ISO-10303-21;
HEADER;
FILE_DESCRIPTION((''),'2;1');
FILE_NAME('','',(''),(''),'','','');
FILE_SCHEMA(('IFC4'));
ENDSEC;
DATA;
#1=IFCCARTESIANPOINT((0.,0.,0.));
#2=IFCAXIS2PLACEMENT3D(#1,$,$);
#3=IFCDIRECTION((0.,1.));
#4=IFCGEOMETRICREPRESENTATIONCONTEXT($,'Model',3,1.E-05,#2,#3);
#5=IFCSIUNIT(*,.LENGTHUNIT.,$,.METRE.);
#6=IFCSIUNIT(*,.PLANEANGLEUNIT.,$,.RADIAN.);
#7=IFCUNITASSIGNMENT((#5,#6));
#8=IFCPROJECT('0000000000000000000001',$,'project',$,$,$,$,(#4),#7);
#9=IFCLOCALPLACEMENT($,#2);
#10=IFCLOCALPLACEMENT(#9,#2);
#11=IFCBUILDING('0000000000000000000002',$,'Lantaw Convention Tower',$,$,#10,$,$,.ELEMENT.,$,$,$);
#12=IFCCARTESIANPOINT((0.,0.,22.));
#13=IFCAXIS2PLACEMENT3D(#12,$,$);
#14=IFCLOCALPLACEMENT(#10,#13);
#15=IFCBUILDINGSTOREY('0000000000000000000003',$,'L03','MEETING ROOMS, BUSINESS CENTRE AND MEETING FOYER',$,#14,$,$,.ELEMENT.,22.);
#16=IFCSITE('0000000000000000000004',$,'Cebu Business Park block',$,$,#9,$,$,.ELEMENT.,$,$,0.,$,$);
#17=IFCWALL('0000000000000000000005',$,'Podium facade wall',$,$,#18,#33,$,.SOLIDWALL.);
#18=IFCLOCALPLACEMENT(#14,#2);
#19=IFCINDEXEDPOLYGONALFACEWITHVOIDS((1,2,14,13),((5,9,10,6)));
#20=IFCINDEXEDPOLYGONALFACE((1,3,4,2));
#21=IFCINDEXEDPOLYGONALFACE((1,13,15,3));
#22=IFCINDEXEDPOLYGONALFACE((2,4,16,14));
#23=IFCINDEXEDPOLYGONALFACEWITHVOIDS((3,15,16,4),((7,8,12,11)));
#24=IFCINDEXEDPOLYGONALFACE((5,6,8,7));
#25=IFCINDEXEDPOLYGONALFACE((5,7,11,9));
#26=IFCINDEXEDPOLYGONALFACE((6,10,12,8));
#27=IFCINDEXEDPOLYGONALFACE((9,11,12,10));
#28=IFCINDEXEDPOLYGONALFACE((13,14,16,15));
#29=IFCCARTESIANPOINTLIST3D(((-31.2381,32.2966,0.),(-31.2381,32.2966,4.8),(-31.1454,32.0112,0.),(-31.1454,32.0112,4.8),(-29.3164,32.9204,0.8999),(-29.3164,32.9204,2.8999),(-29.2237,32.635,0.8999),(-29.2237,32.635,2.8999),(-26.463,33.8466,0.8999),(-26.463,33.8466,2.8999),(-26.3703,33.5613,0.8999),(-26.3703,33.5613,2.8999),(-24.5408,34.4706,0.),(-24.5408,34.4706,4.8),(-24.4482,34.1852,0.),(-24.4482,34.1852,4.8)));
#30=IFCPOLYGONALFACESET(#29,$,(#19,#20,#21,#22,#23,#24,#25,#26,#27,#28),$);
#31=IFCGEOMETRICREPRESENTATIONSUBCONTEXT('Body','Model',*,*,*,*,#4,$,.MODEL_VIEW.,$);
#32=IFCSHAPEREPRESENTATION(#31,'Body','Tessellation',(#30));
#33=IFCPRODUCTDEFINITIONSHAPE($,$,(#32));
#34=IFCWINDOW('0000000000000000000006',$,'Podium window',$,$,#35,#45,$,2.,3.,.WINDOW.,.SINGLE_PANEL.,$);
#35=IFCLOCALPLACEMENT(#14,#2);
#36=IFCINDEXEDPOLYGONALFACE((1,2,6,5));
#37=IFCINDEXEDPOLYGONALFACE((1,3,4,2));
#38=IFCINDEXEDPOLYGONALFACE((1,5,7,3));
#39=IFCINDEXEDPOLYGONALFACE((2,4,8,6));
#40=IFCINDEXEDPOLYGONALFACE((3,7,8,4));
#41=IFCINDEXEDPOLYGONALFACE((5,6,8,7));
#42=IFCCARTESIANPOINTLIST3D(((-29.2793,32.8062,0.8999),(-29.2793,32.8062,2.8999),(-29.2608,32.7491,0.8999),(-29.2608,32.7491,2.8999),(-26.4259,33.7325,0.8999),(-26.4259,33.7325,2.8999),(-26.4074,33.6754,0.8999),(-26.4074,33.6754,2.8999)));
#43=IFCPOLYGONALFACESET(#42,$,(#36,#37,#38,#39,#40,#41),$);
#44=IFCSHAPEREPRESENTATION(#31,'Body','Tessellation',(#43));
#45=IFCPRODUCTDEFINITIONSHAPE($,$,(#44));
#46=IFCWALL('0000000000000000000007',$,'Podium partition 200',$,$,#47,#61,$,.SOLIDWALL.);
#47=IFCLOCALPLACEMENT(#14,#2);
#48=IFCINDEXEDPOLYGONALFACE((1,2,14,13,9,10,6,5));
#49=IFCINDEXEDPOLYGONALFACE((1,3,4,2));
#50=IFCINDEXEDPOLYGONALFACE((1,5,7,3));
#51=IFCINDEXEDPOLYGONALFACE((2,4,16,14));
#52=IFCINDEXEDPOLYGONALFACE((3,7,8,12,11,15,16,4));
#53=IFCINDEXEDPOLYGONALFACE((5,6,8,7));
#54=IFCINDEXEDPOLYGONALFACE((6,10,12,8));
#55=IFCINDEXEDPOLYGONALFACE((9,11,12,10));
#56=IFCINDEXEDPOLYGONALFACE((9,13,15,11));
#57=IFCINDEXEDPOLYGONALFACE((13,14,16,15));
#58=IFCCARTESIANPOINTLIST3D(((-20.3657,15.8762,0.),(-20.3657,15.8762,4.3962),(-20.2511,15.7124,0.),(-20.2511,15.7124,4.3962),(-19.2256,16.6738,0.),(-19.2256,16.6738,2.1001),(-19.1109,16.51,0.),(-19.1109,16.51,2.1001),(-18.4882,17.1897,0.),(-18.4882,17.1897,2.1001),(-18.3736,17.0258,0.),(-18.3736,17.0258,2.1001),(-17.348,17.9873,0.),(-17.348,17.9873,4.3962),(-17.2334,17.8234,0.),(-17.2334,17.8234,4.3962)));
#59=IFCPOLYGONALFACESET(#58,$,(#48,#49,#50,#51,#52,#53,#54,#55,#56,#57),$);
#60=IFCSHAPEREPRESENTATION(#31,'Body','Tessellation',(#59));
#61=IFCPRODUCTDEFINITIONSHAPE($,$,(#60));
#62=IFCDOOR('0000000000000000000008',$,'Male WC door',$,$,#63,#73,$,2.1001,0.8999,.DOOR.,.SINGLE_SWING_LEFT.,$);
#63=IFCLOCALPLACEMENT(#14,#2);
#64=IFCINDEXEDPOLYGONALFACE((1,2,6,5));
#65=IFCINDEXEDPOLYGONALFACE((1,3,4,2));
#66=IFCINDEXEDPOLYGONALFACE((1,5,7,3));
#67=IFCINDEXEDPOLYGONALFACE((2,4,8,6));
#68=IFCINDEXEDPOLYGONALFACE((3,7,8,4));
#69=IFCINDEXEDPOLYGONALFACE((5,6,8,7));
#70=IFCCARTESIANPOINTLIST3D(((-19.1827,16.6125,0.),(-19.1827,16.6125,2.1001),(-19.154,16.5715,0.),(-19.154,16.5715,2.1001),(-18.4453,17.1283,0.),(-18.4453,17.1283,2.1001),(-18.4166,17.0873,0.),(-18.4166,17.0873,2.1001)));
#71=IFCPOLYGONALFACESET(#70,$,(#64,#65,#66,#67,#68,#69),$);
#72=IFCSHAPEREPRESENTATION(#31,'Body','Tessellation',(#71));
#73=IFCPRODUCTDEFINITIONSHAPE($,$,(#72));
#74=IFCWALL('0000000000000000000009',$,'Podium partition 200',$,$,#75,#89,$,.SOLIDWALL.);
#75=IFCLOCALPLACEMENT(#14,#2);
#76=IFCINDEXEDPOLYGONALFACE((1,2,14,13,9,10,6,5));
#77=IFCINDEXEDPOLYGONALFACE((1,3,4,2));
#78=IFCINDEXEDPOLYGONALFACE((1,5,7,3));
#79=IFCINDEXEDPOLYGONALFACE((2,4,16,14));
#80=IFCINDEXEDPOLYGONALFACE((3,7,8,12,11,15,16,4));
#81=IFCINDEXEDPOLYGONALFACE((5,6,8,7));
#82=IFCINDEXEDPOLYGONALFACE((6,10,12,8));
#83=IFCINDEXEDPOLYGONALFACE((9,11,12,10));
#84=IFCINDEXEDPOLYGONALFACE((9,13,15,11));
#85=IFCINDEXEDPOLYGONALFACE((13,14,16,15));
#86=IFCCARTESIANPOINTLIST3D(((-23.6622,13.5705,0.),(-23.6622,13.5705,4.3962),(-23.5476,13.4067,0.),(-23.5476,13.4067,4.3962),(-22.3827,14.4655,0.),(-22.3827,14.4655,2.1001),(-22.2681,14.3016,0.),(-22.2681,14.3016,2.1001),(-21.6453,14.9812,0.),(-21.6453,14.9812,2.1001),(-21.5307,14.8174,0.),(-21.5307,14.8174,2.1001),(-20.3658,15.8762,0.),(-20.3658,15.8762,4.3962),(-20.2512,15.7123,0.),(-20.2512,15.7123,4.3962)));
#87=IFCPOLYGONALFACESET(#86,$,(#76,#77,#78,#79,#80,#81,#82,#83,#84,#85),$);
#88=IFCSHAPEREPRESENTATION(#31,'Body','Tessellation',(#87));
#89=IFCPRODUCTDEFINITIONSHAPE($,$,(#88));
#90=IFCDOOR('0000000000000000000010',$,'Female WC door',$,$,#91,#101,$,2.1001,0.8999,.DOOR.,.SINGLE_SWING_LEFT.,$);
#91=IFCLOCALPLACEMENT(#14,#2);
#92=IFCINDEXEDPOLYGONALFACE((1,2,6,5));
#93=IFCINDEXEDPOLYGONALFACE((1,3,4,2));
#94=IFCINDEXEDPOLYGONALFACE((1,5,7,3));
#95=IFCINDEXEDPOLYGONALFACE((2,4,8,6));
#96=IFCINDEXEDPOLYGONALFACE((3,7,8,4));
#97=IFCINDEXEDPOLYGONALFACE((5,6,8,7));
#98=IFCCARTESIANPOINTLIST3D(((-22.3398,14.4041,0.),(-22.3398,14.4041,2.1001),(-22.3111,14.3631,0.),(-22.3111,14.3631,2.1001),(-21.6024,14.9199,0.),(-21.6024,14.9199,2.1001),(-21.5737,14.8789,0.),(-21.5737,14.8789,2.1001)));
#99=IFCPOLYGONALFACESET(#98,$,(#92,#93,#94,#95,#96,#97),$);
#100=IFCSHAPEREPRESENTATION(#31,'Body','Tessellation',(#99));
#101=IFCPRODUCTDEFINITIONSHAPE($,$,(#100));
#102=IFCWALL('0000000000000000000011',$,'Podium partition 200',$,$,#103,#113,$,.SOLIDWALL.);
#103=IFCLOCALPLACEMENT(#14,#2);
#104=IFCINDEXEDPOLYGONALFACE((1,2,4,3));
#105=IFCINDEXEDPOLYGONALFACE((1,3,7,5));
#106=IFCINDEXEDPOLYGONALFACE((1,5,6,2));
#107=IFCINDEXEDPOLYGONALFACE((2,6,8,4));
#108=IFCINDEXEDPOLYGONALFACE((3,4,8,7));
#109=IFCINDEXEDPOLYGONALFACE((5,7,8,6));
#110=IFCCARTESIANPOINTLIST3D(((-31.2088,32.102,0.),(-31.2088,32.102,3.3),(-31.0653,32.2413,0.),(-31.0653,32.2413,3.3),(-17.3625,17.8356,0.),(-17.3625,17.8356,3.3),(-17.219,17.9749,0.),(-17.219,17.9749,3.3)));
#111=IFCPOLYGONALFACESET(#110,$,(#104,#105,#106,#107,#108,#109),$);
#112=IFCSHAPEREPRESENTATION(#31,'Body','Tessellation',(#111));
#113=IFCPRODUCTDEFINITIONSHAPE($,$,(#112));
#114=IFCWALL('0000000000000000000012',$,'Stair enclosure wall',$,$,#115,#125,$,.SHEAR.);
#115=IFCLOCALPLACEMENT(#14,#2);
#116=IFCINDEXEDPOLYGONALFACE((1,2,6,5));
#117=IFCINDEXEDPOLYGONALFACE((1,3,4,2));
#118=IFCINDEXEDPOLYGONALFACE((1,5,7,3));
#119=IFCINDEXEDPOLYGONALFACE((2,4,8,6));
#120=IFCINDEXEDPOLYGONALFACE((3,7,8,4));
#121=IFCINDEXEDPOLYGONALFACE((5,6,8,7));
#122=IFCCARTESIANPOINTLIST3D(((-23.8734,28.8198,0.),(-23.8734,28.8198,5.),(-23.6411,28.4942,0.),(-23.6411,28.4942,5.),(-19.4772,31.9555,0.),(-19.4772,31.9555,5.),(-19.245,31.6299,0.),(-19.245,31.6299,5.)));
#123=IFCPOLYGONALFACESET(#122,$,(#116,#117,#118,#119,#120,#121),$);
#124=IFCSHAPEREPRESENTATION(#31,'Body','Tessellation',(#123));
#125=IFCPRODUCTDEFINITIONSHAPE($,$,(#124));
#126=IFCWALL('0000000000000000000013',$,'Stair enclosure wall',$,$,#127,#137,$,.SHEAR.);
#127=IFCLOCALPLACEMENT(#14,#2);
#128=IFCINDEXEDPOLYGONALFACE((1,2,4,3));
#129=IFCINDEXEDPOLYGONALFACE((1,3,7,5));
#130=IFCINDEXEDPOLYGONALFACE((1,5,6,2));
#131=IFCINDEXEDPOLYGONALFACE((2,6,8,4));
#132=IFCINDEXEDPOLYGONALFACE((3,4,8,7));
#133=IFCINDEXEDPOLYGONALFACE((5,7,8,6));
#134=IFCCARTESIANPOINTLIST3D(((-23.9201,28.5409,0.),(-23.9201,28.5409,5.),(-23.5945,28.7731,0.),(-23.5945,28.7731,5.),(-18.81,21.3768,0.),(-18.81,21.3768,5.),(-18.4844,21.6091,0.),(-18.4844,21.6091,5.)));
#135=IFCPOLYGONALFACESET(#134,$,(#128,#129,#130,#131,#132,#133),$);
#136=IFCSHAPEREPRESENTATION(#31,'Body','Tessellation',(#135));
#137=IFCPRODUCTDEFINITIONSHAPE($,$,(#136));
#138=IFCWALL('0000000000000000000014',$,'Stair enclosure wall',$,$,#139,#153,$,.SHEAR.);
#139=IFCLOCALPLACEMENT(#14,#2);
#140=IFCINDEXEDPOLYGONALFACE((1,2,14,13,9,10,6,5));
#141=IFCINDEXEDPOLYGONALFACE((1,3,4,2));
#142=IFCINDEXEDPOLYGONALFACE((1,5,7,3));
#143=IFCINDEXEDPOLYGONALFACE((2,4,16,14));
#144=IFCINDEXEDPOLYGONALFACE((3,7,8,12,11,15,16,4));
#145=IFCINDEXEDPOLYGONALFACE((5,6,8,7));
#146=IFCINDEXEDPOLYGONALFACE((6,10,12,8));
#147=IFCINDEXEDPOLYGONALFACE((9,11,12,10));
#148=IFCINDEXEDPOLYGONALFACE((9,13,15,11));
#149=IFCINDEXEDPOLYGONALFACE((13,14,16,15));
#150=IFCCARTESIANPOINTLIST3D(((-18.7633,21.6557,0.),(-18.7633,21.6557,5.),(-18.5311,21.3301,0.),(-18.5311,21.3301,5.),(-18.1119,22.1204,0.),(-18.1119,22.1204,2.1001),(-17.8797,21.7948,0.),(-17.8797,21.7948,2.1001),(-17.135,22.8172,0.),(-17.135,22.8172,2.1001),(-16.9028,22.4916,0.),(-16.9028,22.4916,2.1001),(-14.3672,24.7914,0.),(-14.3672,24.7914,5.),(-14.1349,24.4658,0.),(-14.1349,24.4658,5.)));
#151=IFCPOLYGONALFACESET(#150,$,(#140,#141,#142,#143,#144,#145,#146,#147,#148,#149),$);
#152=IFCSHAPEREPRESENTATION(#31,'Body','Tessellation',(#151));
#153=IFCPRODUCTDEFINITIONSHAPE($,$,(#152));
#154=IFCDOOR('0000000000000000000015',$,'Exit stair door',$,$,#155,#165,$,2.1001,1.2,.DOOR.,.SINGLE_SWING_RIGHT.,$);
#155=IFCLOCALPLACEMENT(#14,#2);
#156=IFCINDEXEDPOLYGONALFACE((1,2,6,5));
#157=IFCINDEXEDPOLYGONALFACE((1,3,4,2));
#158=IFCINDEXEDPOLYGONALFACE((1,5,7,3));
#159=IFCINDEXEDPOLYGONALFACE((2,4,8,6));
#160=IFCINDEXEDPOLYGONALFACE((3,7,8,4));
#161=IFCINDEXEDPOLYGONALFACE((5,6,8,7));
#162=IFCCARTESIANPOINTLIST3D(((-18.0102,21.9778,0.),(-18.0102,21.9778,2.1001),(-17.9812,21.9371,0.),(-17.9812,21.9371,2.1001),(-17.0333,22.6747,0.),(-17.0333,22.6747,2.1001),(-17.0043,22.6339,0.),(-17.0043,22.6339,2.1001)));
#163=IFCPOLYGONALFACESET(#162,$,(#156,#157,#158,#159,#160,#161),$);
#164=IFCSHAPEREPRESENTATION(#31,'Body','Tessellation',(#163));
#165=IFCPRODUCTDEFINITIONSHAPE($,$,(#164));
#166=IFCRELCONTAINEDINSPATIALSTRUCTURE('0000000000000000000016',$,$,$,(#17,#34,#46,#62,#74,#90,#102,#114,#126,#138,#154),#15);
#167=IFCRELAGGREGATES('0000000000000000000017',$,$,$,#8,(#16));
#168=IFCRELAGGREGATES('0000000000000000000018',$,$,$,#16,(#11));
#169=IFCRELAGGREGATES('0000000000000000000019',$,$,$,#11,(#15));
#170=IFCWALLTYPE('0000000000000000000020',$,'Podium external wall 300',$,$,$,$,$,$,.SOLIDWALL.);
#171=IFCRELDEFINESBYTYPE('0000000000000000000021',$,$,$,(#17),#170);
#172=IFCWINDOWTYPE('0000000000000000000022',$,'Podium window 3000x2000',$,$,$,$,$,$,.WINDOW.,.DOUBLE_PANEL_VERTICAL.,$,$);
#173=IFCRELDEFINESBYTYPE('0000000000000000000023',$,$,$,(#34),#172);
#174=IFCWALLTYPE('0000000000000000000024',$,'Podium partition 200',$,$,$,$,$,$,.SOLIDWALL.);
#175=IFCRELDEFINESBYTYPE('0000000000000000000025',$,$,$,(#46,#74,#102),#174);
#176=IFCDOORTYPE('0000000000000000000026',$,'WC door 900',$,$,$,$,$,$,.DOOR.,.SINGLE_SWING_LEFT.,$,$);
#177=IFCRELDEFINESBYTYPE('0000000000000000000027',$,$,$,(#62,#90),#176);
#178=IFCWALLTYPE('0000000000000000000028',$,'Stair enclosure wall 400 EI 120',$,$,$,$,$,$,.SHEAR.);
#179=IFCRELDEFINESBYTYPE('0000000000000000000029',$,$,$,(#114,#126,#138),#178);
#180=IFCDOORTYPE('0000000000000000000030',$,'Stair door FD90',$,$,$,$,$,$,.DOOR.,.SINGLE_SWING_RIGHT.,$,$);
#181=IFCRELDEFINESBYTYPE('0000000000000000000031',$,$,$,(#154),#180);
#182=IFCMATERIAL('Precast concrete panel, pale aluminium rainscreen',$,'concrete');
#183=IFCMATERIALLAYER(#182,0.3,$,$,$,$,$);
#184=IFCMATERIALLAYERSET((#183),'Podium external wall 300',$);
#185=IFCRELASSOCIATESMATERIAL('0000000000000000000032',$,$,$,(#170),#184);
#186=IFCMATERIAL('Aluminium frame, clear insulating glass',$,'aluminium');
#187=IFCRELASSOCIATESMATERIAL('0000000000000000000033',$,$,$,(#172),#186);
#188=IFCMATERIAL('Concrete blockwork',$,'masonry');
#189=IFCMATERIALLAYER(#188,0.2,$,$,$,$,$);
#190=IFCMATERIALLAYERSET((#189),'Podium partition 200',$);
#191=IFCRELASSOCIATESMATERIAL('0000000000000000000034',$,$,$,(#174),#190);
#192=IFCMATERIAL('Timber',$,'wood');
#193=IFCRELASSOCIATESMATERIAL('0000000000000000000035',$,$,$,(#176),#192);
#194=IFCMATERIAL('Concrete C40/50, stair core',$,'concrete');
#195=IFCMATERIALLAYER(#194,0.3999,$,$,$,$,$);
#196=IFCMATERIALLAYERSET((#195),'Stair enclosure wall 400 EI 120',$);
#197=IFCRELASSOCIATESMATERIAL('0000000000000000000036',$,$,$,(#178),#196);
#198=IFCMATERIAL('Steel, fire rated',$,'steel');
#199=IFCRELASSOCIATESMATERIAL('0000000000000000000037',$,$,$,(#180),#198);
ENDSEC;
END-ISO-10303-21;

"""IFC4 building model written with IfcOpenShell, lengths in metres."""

from ifc_helpers import new_model, si_unit, direction, frame, frame_2d, origin, place, context, subcontext, project, spatial, rectangle, extrude, material, layer, layer_set, type_object, element, fill, save


model = new_model("IFC4")

# Units and contexts
model_context = context("Model", 3, precision=1e-05, world=origin(), true_north=direction((0.0, 1.0)))
body_context = subcontext(model_context, "Body", "Model", "MODEL_VIEW")
ifc_project = project(units=[si_unit("LENGTHUNIT", "METRE"), si_unit("PLANEANGLEUNIT", "RADIAN")], contexts=[model_context])

# Site, building, storey
site_placement = place(None, origin())
site = spatial("IfcSite", under=ifc_project, at=site_placement, Name="Cebu Business Park block", CompositionType="ELEMENT", RefElevation=0.0)
building_placement = place(site_placement, origin())
building = spatial("IfcBuilding", under=site, at=building_placement, Name="Lantaw Convention Tower", CompositionType="ELEMENT")
storey_placement = place(building_placement, frame((0.0, 0.0, 22.0)))
storey = spatial("IfcBuildingStorey", under=building, at=storey_placement, Name="L03", Description="MEETING ROOMS, BUSINESS CENTRE AND MEETING FOYER", CompositionType="ELEMENT", Elevation=22.0)

# Wall, opening, window
ifc_material_1 = material(Name="Precast concrete panel, pale aluminium rainscreen", Category="concrete")
ifc_layer_1 = layer(ifc_material_1, 0.3)
ifc_layer_set_1 = layer_set([ifc_layer_1], Name="Podium external wall 300")
wall_type_1 = type_object("IfcWallType", Name="Podium external wall 300", PredefinedType="SOLIDWALL", material=ifc_layer_set_1)
ifc_material_2 = material(Name="Aluminium frame, clear insulating glass", Category="aluminium")
window_type = type_object("IfcWindowType", Name="Podium window 3000x2000", PartitioningType="DOUBLE_PANEL_VERTICAL", PredefinedType="WINDOW", material=ifc_material_2)
wall_1_placement = place(storey_placement, frame((-24.4946, 34.3279, 0.0), z_axis=(0.0, 0.0, 1.0), x_axis=(-0.95114, -0.30876, 0.0)))
wall_1 = element("IfcWall", 1, at=wall_1_placement, inside=storey, type_object=wall_type_1, Name="Podium facade wall", PredefinedType="SOLIDWALL", context=body_context, shape_type="SweptSolid", body=[
    extrude(rectangle(XDim=7.0413, YDim=0.3, at=frame_2d((3.5205, 0.0))), origin(), (0.0, 0.0, 1.0), 4.8),
])
opening_1_placement = place(wall_1_placement, frame((2.0208, 0.0, 0.8999)))
opening_1 = element("IfcOpeningElement", 2, at=opening_1_placement, cuts=wall_1, PredefinedType="OPENING", context=body_context, shape_type="SweptSolid", body=[
    extrude(rectangle(XDim=3.0, YDim=2.0, at=frame_2d((1.5, 1.0))), frame((0.0, 0.1599, 0.0), z_axis=(0.0, -1.0, 0.0), x_axis=(1.0, 0.0, 0.0)), (0.0, 0.0, 1.0), 0.3201),
])
window_1_placement = place(opening_1_placement, origin())
window_1 = element("IfcWindow", 3, at=window_1_placement, inside=storey, type_object=window_type, Name="Podium window", OverallHeight=2.0, OverallWidth=3.0, PartitioningType="SINGLE_PANEL", PredefinedType="WINDOW", context=body_context, shape_type="SweptSolid", body=[
    extrude(rectangle(XDim=3.0, YDim=2.0, at=frame_2d((1.5, 1.0))), frame((0.0, 0.03, 0.0), z_axis=(0.0, -1.0, 0.0), x_axis=(1.0, 0.0, 0.0)), (0.0, 0.0, 1.0), 0.0601),
])
fill(opening_1, window_1)

# Walls, openings, doors
ifc_material_3 = material(Name="Concrete blockwork", Category="masonry")
ifc_layer_2 = layer(ifc_material_3, 0.2)
ifc_layer_set_2 = layer_set([ifc_layer_2], Name="Podium partition 200")
wall_type_2 = type_object("IfcWallType", Name="Podium partition 200", PredefinedType="SOLIDWALL", material=ifc_layer_set_2)
wall_2_placement = place(storey_placement, frame((-17.2908, 17.9053, 0.0), z_axis=(0.0, 0.0, 1.0), x_axis=(-0.819409, -0.573209, 0.0)))
wall_2 = element("IfcWall", 4, at=wall_2_placement, inside=storey, type_object=wall_type_2, Name="Podium partition 200", PredefinedType="SOLIDWALL", context=body_context, shape_type="SweptSolid", body=[
    extrude(rectangle(XDim=3.6829, YDim=0.2, at=frame_2d((1.8413, 0.0))), origin(), (0.0, 0.0, 1.0), 4.3962),
])
opening_2_placement = place(wall_2_placement, frame((1.3914, 0.0, 0.0)))
opening_2 = element("IfcOpeningElement", 5, at=opening_2_placement, cuts=wall_2, PredefinedType="OPENING", context=body_context, shape_type="SweptSolid", body=[
    extrude(rectangle(XDim=0.8999, YDim=2.1001, at=frame_2d((0.45, 1.05))), frame((0.0, 0.1099, 0.0), z_axis=(0.0, -1.0, 0.0), x_axis=(1.0, 0.0, 0.0)), (0.0, 0.0, 1.0), 0.22),
])
ifc_material_4 = material(Name="Timber", Category="wood")
door_type_1 = type_object("IfcDoorType", Name="WC door 900", OperationType="SINGLE_SWING_LEFT", PredefinedType="DOOR", material=ifc_material_4)
door_1_placement = place(opening_2_placement, origin())
door_1 = element("IfcDoor", 6, at=door_1_placement, inside=storey, type_object=door_type_1, Name="Male WC door", OperationType="SINGLE_SWING_LEFT", OverallHeight=2.1001, OverallWidth=0.8999, PredefinedType="DOOR", context=body_context, shape_type="SweptSolid", body=[
    extrude(rectangle(XDim=0.8999, YDim=2.1001, at=frame_2d((0.45, 1.05))), frame((0.0, 0.0249, 0.0), z_axis=(0.0, -1.0, 0.0), x_axis=(1.0, 0.0, 0.0)), (0.0, 0.0, 1.0), 0.05),
])
fill(opening_2, door_1)
wall_3_placement = place(storey_placement, frame((-20.3086, 15.7942, 0.0), z_axis=(0.0, 0.0, 1.0), x_axis=(-0.819443, -0.573161, 0.0)))
wall_3 = element("IfcWall", 7, at=wall_3_placement, inside=storey, type_object=wall_type_2, Name="Podium partition 200", PredefinedType="SOLIDWALL", context=body_context, shape_type="SweptSolid", body=[
    extrude(rectangle(XDim=4.0227, YDim=0.2, at=frame_2d((2.0112, 0.0))), origin(), (0.0, 0.0, 1.0), 4.3962),
])
opening_3_placement = place(wall_3_placement, frame((1.5613, 0.0, 0.0)))
opening_3 = element("IfcOpeningElement", 8, at=opening_3_placement, cuts=wall_3, PredefinedType="OPENING", context=body_context, shape_type="SweptSolid", body=[
    extrude(rectangle(XDim=0.8999, YDim=2.1001, at=frame_2d((0.45, 1.05))), frame((0.0, 0.1099, 0.0), z_axis=(0.0, -1.0, 0.0), x_axis=(1.0, 0.0, 0.0)), (0.0, 0.0, 1.0), 0.22),
])
door_2_placement = place(opening_3_placement, origin())
door_2 = element("IfcDoor", 9, at=door_2_placement, inside=storey, type_object=door_type_1, Name="Female WC door", OperationType="SINGLE_SWING_LEFT", OverallHeight=2.1001, OverallWidth=0.8999, PredefinedType="DOOR", context=body_context, shape_type="SweptSolid", body=[
    extrude(rectangle(XDim=0.8999, YDim=2.1001, at=frame_2d((0.45, 1.05))), frame((0.0, 0.0249, 0.0), z_axis=(0.0, -1.0, 0.0), x_axis=(1.0, 0.0, 0.0)), (0.0, 0.0, 1.0), 0.05),
])
fill(opening_3, door_2)

# Walls
wall_4_placement = place(storey_placement, frame((-17.2908, 17.9053, 0.0), z_axis=(0.0, 0.0, 1.0), x_axis=(-0.696461, 0.717595, 0.0)))
element("IfcWall", 10, at=wall_4_placement, inside=storey, type_object=wall_type_2, Name="Podium partition 200", PredefinedType="SOLIDWALL", context=body_context, shape_type="SweptSolid", body=[
    extrude(rectangle(XDim=19.8809, YDim=0.2, at=frame_2d((9.9404, 0.0))), origin(), (0.0, 0.0, 1.0), 3.3),
])
ifc_material_5 = material(Name="Concrete C40/50, stair core", Category="concrete")
ifc_layer_3 = layer(ifc_material_5, 0.3999)
ifc_layer_set_3 = layer_set([ifc_layer_3], Name="Stair enclosure wall 400 EI 120")
wall_type_3 = type_object("IfcWallType", Name="Stair enclosure wall 400 EI 120", PredefinedType="SHEAR", material=ifc_layer_set_3)
wall_5_placement = place(storey_placement, frame((-19.3611, 31.7927, 0.0), z_axis=(0.0, 0.0, 1.0), x_axis=(-0.814121, -0.580695, 0.0)))
element("IfcWall", 11, at=wall_5_placement, inside=storey, type_object=wall_type_3, Name="Stair enclosure wall", PredefinedType="SHEAR", context=body_context, shape_type="SweptSolid", body=[
    extrude(rectangle(XDim=5.3999, YDim=0.3999, at=frame_2d((2.7, 0.0))), origin(), (0.0, 0.0, 1.0), 5.0),
])
wall_6_placement = place(storey_placement, frame((-23.7573, 28.657, 0.0), z_axis=(0.0, 0.0, 1.0), x_axis=(0.580705, -0.814114, 0.0)))
element("IfcWall", 12, at=wall_6_placement, inside=storey, type_object=wall_type_3, Name="Stair enclosure wall", PredefinedType="SHEAR", context=body_context, shape_type="SweptSolid", body=[
    extrude(rectangle(XDim=8.7998, YDim=0.3999, at=frame_2d((4.3999, 0.0))), origin(), (0.0, 0.0, 1.0), 5.0),
])

# Wall, opening, door
wall_7_placement = place(storey_placement, frame((-18.6472, 21.4929, 0.0), z_axis=(0.0, 0.0, 1.0), x_axis=(0.814121, 0.580695, 0.0)))
wall_7 = element("IfcWall", 13, at=wall_7_placement, inside=storey, type_object=wall_type_3, Name="Stair enclosure wall", PredefinedType="SHEAR", context=body_context, shape_type="SweptSolid", body=[
    extrude(rectangle(XDim=5.3999, YDim=0.3999, at=frame_2d((2.7, 0.0))), origin(), (0.0, 0.0, 1.0), 5.0),
])
opening_4_placement = place(wall_7_placement, frame((0.8, 0.0, 0.0)))
opening_4 = element("IfcOpeningElement", 14, at=opening_4_placement, cuts=wall_7, PredefinedType="OPENING", context=body_context, shape_type="SweptSolid", body=[
    extrude(rectangle(XDim=1.2, YDim=2.1001, at=frame_2d((0.6001, 1.05))), frame((0.0, 0.21, 0.0), z_axis=(0.0, -1.0, 0.0), x_axis=(1.0, 0.0, 0.0)), (0.0, 0.0, 1.0), 0.4199),
])
ifc_material_6 = material(Name="Steel, fire rated", Category="steel")
door_type_2 = type_object("IfcDoorType", Name="Stair door FD90", OperationType="SINGLE_SWING_RIGHT", PredefinedType="DOOR", material=ifc_material_6)
door_3_placement = place(opening_4_placement, origin())
door_3 = element("IfcDoor", 15, at=door_3_placement, inside=storey, type_object=door_type_2, Name="Exit stair door", OperationType="SINGLE_SWING_RIGHT", OverallHeight=2.1001, OverallWidth=1.2, PredefinedType="DOOR", context=body_context, shape_type="SweptSolid", body=[
    extrude(rectangle(XDim=1.2, YDim=2.1001, at=frame_2d((0.6001, 1.05))), frame((0.0, 0.0249, 0.0), z_axis=(0.0, -1.0, 0.0), x_axis=(1.0, 0.0, 0.0)), (0.0, 0.0, 1.0), 0.05),
])
fill(opening_4, door_3)

save(model, "model.ifc")
